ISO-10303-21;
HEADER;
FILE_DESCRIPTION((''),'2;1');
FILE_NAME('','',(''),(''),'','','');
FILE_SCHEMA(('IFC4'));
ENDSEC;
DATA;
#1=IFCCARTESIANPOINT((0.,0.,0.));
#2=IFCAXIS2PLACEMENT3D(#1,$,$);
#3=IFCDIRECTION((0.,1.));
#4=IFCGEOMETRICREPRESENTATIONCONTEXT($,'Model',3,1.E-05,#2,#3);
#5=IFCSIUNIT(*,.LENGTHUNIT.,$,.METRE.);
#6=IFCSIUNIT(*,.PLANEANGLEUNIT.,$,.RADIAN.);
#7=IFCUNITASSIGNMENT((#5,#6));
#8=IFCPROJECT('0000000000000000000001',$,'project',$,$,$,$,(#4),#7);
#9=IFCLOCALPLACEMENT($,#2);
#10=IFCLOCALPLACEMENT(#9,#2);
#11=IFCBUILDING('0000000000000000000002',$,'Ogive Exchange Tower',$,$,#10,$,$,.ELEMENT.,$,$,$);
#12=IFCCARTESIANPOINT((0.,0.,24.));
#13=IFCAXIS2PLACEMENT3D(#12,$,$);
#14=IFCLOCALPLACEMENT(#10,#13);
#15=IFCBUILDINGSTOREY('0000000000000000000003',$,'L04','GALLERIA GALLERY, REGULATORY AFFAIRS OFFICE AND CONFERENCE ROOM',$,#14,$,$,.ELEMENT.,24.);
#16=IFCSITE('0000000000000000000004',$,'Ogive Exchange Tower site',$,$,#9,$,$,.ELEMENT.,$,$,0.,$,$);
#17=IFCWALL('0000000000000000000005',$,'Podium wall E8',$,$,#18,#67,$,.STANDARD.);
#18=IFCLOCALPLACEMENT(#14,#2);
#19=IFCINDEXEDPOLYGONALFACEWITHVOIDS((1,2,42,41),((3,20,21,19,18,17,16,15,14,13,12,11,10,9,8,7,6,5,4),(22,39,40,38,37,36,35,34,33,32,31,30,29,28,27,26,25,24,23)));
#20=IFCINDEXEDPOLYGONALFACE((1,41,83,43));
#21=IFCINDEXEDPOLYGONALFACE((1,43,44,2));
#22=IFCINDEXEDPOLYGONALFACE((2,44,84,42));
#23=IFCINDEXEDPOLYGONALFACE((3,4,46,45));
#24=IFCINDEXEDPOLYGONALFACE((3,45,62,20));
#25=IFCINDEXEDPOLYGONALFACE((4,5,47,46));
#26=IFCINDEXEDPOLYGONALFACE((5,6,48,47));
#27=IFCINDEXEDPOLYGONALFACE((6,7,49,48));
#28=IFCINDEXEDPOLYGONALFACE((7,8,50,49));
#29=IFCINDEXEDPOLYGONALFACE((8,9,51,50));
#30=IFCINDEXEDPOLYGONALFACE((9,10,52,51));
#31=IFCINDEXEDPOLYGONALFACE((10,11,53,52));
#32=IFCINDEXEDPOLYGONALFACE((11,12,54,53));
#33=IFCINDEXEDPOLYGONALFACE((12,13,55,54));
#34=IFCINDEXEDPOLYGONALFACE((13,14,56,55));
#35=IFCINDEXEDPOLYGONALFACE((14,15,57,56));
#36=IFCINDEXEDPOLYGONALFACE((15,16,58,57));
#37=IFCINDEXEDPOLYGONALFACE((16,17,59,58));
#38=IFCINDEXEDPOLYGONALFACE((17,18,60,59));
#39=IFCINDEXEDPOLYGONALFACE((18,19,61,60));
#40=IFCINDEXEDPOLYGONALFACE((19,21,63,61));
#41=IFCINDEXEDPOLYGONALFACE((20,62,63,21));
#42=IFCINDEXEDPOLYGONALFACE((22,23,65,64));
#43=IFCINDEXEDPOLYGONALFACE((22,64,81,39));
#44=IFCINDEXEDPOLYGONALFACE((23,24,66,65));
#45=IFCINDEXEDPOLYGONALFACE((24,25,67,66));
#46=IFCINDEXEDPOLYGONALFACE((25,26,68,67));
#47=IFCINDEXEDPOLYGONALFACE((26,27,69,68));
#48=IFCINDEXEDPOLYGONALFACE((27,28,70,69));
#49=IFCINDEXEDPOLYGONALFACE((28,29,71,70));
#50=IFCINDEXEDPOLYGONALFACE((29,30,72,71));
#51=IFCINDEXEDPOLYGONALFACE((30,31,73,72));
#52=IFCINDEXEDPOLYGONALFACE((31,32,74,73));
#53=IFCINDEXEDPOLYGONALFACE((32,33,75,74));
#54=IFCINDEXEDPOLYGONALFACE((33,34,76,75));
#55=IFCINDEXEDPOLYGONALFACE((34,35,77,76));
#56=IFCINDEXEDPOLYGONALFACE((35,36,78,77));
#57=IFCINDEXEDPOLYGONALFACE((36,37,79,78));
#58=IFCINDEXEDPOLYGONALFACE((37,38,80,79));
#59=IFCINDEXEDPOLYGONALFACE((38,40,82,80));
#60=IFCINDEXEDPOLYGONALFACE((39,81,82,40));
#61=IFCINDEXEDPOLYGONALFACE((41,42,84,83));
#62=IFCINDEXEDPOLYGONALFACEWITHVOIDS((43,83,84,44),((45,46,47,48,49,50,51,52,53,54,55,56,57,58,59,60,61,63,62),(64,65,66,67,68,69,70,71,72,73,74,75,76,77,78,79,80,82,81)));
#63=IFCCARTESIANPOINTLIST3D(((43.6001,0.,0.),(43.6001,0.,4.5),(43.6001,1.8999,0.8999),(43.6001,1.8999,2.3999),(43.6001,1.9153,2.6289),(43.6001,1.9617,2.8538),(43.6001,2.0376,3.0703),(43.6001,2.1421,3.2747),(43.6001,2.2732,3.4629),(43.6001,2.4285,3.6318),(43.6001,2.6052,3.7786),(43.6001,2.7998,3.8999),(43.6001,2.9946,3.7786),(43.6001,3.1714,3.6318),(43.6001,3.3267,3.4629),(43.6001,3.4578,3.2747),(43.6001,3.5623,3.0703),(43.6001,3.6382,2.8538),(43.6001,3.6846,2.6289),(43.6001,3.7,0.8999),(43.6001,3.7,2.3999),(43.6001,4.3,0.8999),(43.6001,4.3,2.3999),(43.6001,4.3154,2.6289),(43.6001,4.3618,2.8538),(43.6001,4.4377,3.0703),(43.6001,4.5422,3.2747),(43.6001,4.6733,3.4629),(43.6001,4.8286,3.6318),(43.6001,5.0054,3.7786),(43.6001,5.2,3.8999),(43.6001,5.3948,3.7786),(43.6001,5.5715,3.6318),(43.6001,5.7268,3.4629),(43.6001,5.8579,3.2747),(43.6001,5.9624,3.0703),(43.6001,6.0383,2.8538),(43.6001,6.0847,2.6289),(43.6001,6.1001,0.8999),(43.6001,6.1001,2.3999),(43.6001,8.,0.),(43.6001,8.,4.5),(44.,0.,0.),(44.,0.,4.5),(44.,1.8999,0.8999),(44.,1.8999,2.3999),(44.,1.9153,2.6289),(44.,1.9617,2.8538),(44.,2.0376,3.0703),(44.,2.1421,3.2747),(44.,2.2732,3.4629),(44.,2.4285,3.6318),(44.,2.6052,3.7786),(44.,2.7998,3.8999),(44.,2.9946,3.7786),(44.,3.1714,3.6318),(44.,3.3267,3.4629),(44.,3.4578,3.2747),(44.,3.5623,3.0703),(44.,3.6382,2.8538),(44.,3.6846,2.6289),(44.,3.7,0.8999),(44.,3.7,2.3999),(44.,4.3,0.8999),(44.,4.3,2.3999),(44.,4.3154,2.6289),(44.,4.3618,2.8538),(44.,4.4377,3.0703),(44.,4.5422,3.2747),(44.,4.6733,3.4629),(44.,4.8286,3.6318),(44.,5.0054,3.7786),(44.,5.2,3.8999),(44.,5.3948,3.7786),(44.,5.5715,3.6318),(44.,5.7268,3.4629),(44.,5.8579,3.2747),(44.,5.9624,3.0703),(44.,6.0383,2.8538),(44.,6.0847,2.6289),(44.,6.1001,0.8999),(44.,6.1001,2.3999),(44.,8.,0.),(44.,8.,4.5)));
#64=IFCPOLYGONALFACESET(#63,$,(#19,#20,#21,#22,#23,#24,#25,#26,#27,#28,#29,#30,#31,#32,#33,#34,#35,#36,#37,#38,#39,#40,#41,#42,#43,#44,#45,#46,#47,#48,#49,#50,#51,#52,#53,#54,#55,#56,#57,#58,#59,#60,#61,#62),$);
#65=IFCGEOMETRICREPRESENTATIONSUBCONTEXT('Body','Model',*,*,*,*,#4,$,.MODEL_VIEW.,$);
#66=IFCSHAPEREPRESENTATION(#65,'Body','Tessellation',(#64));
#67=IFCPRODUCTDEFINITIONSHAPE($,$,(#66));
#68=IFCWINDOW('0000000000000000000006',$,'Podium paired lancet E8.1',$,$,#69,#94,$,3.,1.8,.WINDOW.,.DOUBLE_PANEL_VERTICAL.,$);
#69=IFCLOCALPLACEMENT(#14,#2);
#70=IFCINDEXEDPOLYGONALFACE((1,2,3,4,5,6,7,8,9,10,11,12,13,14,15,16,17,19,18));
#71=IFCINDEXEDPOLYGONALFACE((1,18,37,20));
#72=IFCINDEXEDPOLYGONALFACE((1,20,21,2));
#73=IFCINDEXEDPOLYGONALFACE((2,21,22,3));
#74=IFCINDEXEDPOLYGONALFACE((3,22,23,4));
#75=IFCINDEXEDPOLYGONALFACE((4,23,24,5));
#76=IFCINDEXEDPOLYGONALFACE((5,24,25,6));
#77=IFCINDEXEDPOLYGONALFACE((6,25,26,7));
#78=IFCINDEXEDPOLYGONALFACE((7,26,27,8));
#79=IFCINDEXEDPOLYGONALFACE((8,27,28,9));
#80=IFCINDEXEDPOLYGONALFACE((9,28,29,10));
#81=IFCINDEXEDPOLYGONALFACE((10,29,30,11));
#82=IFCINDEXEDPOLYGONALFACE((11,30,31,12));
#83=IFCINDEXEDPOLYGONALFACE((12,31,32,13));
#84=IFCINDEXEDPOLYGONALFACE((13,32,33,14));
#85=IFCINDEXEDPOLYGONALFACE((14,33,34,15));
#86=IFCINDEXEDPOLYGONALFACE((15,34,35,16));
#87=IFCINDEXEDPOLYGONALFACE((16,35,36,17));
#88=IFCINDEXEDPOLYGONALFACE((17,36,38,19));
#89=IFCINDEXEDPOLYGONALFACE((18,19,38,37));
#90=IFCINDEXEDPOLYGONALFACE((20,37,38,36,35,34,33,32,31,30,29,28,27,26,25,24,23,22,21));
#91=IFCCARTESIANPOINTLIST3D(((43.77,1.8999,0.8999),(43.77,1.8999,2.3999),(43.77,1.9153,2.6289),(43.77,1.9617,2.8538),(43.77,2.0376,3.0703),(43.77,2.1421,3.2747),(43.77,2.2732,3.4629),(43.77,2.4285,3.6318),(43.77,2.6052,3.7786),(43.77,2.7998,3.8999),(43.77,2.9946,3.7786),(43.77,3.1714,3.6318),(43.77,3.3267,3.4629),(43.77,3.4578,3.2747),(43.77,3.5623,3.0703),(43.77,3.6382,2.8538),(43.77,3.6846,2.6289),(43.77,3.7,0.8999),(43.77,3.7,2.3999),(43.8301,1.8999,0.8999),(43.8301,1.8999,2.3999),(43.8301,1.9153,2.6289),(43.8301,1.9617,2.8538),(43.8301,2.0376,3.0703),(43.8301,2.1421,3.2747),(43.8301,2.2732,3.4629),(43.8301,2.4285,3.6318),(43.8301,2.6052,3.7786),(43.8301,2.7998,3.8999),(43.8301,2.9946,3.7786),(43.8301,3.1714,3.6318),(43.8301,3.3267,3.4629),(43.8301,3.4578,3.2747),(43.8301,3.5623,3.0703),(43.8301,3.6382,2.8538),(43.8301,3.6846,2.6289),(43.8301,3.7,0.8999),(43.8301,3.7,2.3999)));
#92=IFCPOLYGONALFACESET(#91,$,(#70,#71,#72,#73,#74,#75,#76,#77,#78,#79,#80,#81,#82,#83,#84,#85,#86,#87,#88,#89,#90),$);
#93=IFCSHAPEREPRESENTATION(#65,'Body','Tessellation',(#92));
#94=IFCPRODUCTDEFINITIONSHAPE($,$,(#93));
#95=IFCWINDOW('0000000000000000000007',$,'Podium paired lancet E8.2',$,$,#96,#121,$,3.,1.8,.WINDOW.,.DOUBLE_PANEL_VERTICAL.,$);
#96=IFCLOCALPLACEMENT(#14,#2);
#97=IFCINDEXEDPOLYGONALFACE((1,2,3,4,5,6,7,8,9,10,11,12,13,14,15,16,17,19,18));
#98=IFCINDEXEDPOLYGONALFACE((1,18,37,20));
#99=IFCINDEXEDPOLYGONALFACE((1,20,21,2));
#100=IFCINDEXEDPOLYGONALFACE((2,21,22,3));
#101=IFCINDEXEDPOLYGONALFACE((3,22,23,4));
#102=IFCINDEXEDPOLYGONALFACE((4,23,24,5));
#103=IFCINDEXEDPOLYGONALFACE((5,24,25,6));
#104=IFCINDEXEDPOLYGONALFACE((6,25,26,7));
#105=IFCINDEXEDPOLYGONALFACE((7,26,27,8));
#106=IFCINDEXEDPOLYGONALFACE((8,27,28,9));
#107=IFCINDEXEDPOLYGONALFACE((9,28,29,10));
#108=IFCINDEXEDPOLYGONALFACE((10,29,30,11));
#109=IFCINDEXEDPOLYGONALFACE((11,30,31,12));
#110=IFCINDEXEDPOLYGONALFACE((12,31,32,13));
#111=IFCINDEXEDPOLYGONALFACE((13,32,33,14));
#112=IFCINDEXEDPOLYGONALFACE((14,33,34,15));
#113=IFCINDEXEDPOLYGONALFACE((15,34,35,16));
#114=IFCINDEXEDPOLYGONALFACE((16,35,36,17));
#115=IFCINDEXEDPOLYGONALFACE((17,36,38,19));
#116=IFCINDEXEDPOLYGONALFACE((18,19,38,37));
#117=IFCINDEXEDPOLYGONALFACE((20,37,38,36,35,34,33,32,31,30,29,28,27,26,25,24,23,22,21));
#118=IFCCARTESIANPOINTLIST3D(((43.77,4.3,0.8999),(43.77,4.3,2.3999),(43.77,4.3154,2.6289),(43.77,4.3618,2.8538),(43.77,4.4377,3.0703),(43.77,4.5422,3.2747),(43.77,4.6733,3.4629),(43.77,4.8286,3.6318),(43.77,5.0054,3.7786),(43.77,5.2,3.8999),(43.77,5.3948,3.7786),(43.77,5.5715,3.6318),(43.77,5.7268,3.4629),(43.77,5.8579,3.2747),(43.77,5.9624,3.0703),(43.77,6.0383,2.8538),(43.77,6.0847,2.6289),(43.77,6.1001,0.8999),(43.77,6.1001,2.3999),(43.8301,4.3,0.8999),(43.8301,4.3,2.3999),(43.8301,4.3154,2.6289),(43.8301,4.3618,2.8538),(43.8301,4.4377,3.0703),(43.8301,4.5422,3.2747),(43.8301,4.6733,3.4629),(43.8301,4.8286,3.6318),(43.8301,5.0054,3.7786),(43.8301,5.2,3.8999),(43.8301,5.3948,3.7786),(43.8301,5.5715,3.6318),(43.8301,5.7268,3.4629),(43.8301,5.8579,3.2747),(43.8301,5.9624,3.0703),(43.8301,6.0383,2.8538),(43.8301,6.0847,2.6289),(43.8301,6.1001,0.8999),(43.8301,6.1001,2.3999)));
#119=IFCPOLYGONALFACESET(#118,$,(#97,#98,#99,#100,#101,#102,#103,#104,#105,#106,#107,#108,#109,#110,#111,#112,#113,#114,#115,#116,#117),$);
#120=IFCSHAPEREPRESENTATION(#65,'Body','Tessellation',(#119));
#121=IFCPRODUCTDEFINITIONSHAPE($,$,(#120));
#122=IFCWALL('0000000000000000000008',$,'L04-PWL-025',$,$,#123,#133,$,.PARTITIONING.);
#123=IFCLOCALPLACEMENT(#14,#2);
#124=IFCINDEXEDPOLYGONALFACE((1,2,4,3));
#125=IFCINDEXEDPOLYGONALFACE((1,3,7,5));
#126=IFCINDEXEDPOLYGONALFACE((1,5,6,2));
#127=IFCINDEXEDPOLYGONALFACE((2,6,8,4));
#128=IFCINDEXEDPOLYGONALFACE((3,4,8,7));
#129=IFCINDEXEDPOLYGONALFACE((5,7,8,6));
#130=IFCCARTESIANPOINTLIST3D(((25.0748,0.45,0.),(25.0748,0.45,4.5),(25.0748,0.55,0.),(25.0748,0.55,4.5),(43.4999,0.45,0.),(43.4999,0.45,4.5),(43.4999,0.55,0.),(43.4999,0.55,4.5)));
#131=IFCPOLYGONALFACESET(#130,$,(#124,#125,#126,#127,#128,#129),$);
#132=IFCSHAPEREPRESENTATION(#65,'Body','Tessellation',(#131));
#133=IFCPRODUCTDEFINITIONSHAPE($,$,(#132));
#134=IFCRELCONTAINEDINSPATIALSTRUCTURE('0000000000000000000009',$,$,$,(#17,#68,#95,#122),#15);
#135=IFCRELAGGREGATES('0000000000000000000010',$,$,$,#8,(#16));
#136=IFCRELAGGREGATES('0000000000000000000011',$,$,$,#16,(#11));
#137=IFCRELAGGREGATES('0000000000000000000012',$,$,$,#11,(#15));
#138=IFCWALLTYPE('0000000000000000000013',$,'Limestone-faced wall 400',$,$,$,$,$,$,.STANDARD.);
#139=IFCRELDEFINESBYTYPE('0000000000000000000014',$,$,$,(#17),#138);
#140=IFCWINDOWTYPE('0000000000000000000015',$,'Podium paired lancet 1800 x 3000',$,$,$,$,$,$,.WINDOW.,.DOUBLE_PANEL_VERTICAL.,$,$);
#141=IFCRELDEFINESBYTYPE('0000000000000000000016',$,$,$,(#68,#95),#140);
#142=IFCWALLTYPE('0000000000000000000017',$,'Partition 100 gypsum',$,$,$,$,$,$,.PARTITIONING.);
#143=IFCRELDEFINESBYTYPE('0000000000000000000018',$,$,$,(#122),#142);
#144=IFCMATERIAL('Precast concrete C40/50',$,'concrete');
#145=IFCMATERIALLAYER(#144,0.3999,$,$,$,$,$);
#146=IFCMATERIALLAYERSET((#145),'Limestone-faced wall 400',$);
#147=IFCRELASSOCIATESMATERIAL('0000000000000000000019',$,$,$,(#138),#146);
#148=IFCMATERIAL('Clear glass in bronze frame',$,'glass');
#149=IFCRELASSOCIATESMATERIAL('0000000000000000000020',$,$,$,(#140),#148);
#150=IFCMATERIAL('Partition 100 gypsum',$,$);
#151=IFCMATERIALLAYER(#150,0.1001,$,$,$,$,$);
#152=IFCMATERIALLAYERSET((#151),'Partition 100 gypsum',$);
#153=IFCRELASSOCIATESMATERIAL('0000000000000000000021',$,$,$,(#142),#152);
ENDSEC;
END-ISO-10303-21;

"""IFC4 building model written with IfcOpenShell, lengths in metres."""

from ifc_helpers import new_model, si_unit, direction, frame, frame_2d, origin, place, context, subcontext, project, spatial, polyline, rectangle, outline, extrude, material, layer, layer_set, type_object, element, fill, save


model = new_model("IFC4")

# Units and contexts
model_context = context("Model", 3, precision=1e-05, world=origin(), true_north=direction((0.0, 1.0)))
body_context = subcontext(model_context, "Body", "Model", "MODEL_VIEW")
ifc_project = project(units=[si_unit("LENGTHUNIT", "METRE"), si_unit("PLANEANGLEUNIT", "RADIAN")], contexts=[model_context])

# Site, building, storey
site_placement = place(None, origin())
site = spatial("IfcSite", under=ifc_project, at=site_placement, Name="Ogive Exchange Tower site", CompositionType="ELEMENT", RefElevation=0.0)
building_placement = place(site_placement, origin())
building = spatial("IfcBuilding", under=site, at=building_placement, Name="Ogive Exchange Tower", CompositionType="ELEMENT")
storey_placement = place(building_placement, frame((0.0, 0.0, 24.0)))
storey = spatial("IfcBuildingStorey", under=building, at=storey_placement, Name="L04", Description="GALLERIA GALLERY, REGULATORY AFFAIRS OFFICE AND CONFERENCE ROOM", CompositionType="ELEMENT", Elevation=24.0)

# Wall, openings, windows
ifc_material_1 = material(Name="Precast concrete C40/50", Category="concrete")
ifc_layer_1 = layer(ifc_material_1, 0.3999)
ifc_layer_set_1 = layer_set([ifc_layer_1], Name="Limestone-faced wall 400")
wall_type_1 = type_object("IfcWallType", Name="Limestone-faced wall 400", PredefinedType="STANDARD", material=ifc_layer_set_1)
ifc_material_2 = material(Name="Clear glass in bronze frame", Category="glass")
window_type = type_object("IfcWindowType", Name="Podium paired lancet 1800 x 3000", PartitioningType="DOUBLE_PANEL_VERTICAL", PredefinedType="WINDOW", material=ifc_material_2)
wall_1_placement = place(storey_placement, frame((43.8, 0.0, 0.0), z_axis=(0.0, 0.0, 1.0), x_axis=(0.0, 1.0, 0.0)))
wall_1 = element("IfcWall", 1, at=wall_1_placement, inside=storey, type_object=wall_type_1, Name="Podium wall E8", PredefinedType="STANDARD", context=body_context, shape_type="SweptSolid", body=[
    extrude(rectangle(XDim=8.0, YDim=0.3999, at=frame_2d((4.0, 0.0))), origin(), (0.0, 0.0, 1.0), 4.5),
])
opening_1_placement = place(wall_1_placement, frame((1.8999, 0.0, 0.8999)))
opening_1 = element("IfcOpeningElement", 2, at=opening_1_placement, cuts=wall_1, PredefinedType="OPENING", context=body_context, shape_type="SweptSolid", body=[
    extrude(outline(polyline([(0.0, 0.0), (1.8, 0.0), (1.8, 1.5), (1.7847, 1.729), (1.7383, 1.9539), (1.6624, 2.1704), (1.5579, 2.3748), (1.4268, 2.563), (1.2715, 2.7319), (1.0947, 2.8787), (0.8999, 3.0), (0.7053, 2.8787), (0.5286, 2.7319), (0.3733, 2.563), (0.2422, 2.3748), (0.1377, 2.1704), (0.0618, 1.9539), (0.0154, 1.729), (0.0, 1.5), (0.0, 0.0)])), frame((0.0, 0.21, 0.0), z_axis=(0.0, -1.0, 0.0), x_axis=(1.0, 0.0, 0.0)), (0.0, 0.0, 1.0), 0.4199),
])
opening_2_placement = place(wall_1_placement, frame((4.3, 0.0, 0.8999)))
opening_2 = element("IfcOpeningElement", 3, at=opening_2_placement, cuts=wall_1, PredefinedType="OPENING", context=body_context, shape_type="SweptSolid", body=[
    extrude(outline(polyline([(0.0, 0.0), (1.8, 0.0), (1.8, 1.5), (1.7847, 1.729), (1.7383, 1.9539), (1.6624, 2.1704), (1.5579, 2.3748), (1.4268, 2.563), (1.2715, 2.7319), (1.0947, 2.8787), (0.8999, 3.0), (0.7053, 2.8787), (0.5286, 2.7319), (0.3733, 2.563), (0.2422, 2.3748), (0.1377, 2.1704), (0.0618, 1.9539), (0.0154, 1.729), (0.0, 1.5), (0.0, 0.0)])), frame((0.0, 0.21, 0.0), z_axis=(0.0, -1.0, 0.0), x_axis=(1.0, 0.0, 0.0)), (0.0, 0.0, 1.0), 0.4199),
])
window_1_placement = place(opening_1_placement, origin())
window_1 = element("IfcWindow", 4, at=window_1_placement, inside=storey, type_object=window_type, Name="Podium paired lancet E8.1", OverallHeight=3.0, OverallWidth=1.8, PartitioningType="DOUBLE_PANEL_VERTICAL", PredefinedType="WINDOW", context=body_context, shape_type="SweptSolid", body=[
    extrude(outline(polyline([(0.0, 0.0), (1.8, 0.0), (1.8, 1.5), (1.7847, 1.729), (1.7383, 1.9539), (1.6624, 2.1704), (1.5579, 2.3748), (1.4268, 2.563), (1.2715, 2.7319), (1.0947, 2.8787), (0.8999, 3.0), (0.7053, 2.8787), (0.5286, 2.7319), (0.3733, 2.563), (0.2422, 2.3748), (0.1377, 2.1704), (0.0618, 1.9539), (0.0154, 1.729), (0.0, 1.5), (0.0, 0.0)])), frame((0.0, 0.03, 0.0), z_axis=(0.0, -1.0, 0.0), x_axis=(1.0, 0.0, 0.0)), (0.0, 0.0, 1.0), 0.0601),
])
fill(opening_1, window_1)
window_2_placement = place(opening_2_placement, origin())
window_2 = element("IfcWindow", 5, at=window_2_placement, inside=storey, type_object=window_type, Name="Podium paired lancet E8.2", OverallHeight=3.0, OverallWidth=1.8, PartitioningType="DOUBLE_PANEL_VERTICAL", PredefinedType="WINDOW", context=body_context, shape_type="SweptSolid", body=[
    extrude(outline(polyline([(0.0, 0.0), (1.8, 0.0), (1.8, 1.5), (1.7847, 1.729), (1.7383, 1.9539), (1.6624, 2.1704), (1.5579, 2.3748), (1.4268, 2.563), (1.2715, 2.7319), (1.0947, 2.8787), (0.8999, 3.0), (0.7053, 2.8787), (0.5286, 2.7319), (0.3733, 2.563), (0.2422, 2.3748), (0.1377, 2.1704), (0.0618, 1.9539), (0.0154, 1.729), (0.0, 1.5), (0.0, 0.0)])), frame((0.0, 0.03, 0.0), z_axis=(0.0, -1.0, 0.0), x_axis=(1.0, 0.0, 0.0)), (0.0, 0.0, 1.0), 0.0601),
])
fill(opening_2, window_2)

# Wall
ifc_material_3 = material(Name="Partition 100 gypsum")
ifc_layer_2 = layer(ifc_material_3, 0.1001)
ifc_layer_set_2 = layer_set([ifc_layer_2], Name="Partition 100 gypsum")
wall_type_2 = type_object("IfcWallType", Name="Partition 100 gypsum", PredefinedType="PARTITIONING", material=ifc_layer_set_2)
wall_2_placement = place(storey_placement, frame((25.075, 0.5, 0.0), z_axis=(0.0, 0.0, 1.0), x_axis=(1.0, 0.0, 0.0)))
element("IfcWall", 6, at=wall_2_placement, inside=storey, type_object=wall_type_2, Name="L04-PWL-025", PredefinedType="PARTITIONING", context=body_context, shape_type="SweptSolid", body=[
    extrude(rectangle(XDim=18.425, YDim=0.1001, at=frame_2d((9.2124, 0.0))), origin(), (0.0, 0.0, 1.0), 4.5),
])

save(model, "model.ifc")
